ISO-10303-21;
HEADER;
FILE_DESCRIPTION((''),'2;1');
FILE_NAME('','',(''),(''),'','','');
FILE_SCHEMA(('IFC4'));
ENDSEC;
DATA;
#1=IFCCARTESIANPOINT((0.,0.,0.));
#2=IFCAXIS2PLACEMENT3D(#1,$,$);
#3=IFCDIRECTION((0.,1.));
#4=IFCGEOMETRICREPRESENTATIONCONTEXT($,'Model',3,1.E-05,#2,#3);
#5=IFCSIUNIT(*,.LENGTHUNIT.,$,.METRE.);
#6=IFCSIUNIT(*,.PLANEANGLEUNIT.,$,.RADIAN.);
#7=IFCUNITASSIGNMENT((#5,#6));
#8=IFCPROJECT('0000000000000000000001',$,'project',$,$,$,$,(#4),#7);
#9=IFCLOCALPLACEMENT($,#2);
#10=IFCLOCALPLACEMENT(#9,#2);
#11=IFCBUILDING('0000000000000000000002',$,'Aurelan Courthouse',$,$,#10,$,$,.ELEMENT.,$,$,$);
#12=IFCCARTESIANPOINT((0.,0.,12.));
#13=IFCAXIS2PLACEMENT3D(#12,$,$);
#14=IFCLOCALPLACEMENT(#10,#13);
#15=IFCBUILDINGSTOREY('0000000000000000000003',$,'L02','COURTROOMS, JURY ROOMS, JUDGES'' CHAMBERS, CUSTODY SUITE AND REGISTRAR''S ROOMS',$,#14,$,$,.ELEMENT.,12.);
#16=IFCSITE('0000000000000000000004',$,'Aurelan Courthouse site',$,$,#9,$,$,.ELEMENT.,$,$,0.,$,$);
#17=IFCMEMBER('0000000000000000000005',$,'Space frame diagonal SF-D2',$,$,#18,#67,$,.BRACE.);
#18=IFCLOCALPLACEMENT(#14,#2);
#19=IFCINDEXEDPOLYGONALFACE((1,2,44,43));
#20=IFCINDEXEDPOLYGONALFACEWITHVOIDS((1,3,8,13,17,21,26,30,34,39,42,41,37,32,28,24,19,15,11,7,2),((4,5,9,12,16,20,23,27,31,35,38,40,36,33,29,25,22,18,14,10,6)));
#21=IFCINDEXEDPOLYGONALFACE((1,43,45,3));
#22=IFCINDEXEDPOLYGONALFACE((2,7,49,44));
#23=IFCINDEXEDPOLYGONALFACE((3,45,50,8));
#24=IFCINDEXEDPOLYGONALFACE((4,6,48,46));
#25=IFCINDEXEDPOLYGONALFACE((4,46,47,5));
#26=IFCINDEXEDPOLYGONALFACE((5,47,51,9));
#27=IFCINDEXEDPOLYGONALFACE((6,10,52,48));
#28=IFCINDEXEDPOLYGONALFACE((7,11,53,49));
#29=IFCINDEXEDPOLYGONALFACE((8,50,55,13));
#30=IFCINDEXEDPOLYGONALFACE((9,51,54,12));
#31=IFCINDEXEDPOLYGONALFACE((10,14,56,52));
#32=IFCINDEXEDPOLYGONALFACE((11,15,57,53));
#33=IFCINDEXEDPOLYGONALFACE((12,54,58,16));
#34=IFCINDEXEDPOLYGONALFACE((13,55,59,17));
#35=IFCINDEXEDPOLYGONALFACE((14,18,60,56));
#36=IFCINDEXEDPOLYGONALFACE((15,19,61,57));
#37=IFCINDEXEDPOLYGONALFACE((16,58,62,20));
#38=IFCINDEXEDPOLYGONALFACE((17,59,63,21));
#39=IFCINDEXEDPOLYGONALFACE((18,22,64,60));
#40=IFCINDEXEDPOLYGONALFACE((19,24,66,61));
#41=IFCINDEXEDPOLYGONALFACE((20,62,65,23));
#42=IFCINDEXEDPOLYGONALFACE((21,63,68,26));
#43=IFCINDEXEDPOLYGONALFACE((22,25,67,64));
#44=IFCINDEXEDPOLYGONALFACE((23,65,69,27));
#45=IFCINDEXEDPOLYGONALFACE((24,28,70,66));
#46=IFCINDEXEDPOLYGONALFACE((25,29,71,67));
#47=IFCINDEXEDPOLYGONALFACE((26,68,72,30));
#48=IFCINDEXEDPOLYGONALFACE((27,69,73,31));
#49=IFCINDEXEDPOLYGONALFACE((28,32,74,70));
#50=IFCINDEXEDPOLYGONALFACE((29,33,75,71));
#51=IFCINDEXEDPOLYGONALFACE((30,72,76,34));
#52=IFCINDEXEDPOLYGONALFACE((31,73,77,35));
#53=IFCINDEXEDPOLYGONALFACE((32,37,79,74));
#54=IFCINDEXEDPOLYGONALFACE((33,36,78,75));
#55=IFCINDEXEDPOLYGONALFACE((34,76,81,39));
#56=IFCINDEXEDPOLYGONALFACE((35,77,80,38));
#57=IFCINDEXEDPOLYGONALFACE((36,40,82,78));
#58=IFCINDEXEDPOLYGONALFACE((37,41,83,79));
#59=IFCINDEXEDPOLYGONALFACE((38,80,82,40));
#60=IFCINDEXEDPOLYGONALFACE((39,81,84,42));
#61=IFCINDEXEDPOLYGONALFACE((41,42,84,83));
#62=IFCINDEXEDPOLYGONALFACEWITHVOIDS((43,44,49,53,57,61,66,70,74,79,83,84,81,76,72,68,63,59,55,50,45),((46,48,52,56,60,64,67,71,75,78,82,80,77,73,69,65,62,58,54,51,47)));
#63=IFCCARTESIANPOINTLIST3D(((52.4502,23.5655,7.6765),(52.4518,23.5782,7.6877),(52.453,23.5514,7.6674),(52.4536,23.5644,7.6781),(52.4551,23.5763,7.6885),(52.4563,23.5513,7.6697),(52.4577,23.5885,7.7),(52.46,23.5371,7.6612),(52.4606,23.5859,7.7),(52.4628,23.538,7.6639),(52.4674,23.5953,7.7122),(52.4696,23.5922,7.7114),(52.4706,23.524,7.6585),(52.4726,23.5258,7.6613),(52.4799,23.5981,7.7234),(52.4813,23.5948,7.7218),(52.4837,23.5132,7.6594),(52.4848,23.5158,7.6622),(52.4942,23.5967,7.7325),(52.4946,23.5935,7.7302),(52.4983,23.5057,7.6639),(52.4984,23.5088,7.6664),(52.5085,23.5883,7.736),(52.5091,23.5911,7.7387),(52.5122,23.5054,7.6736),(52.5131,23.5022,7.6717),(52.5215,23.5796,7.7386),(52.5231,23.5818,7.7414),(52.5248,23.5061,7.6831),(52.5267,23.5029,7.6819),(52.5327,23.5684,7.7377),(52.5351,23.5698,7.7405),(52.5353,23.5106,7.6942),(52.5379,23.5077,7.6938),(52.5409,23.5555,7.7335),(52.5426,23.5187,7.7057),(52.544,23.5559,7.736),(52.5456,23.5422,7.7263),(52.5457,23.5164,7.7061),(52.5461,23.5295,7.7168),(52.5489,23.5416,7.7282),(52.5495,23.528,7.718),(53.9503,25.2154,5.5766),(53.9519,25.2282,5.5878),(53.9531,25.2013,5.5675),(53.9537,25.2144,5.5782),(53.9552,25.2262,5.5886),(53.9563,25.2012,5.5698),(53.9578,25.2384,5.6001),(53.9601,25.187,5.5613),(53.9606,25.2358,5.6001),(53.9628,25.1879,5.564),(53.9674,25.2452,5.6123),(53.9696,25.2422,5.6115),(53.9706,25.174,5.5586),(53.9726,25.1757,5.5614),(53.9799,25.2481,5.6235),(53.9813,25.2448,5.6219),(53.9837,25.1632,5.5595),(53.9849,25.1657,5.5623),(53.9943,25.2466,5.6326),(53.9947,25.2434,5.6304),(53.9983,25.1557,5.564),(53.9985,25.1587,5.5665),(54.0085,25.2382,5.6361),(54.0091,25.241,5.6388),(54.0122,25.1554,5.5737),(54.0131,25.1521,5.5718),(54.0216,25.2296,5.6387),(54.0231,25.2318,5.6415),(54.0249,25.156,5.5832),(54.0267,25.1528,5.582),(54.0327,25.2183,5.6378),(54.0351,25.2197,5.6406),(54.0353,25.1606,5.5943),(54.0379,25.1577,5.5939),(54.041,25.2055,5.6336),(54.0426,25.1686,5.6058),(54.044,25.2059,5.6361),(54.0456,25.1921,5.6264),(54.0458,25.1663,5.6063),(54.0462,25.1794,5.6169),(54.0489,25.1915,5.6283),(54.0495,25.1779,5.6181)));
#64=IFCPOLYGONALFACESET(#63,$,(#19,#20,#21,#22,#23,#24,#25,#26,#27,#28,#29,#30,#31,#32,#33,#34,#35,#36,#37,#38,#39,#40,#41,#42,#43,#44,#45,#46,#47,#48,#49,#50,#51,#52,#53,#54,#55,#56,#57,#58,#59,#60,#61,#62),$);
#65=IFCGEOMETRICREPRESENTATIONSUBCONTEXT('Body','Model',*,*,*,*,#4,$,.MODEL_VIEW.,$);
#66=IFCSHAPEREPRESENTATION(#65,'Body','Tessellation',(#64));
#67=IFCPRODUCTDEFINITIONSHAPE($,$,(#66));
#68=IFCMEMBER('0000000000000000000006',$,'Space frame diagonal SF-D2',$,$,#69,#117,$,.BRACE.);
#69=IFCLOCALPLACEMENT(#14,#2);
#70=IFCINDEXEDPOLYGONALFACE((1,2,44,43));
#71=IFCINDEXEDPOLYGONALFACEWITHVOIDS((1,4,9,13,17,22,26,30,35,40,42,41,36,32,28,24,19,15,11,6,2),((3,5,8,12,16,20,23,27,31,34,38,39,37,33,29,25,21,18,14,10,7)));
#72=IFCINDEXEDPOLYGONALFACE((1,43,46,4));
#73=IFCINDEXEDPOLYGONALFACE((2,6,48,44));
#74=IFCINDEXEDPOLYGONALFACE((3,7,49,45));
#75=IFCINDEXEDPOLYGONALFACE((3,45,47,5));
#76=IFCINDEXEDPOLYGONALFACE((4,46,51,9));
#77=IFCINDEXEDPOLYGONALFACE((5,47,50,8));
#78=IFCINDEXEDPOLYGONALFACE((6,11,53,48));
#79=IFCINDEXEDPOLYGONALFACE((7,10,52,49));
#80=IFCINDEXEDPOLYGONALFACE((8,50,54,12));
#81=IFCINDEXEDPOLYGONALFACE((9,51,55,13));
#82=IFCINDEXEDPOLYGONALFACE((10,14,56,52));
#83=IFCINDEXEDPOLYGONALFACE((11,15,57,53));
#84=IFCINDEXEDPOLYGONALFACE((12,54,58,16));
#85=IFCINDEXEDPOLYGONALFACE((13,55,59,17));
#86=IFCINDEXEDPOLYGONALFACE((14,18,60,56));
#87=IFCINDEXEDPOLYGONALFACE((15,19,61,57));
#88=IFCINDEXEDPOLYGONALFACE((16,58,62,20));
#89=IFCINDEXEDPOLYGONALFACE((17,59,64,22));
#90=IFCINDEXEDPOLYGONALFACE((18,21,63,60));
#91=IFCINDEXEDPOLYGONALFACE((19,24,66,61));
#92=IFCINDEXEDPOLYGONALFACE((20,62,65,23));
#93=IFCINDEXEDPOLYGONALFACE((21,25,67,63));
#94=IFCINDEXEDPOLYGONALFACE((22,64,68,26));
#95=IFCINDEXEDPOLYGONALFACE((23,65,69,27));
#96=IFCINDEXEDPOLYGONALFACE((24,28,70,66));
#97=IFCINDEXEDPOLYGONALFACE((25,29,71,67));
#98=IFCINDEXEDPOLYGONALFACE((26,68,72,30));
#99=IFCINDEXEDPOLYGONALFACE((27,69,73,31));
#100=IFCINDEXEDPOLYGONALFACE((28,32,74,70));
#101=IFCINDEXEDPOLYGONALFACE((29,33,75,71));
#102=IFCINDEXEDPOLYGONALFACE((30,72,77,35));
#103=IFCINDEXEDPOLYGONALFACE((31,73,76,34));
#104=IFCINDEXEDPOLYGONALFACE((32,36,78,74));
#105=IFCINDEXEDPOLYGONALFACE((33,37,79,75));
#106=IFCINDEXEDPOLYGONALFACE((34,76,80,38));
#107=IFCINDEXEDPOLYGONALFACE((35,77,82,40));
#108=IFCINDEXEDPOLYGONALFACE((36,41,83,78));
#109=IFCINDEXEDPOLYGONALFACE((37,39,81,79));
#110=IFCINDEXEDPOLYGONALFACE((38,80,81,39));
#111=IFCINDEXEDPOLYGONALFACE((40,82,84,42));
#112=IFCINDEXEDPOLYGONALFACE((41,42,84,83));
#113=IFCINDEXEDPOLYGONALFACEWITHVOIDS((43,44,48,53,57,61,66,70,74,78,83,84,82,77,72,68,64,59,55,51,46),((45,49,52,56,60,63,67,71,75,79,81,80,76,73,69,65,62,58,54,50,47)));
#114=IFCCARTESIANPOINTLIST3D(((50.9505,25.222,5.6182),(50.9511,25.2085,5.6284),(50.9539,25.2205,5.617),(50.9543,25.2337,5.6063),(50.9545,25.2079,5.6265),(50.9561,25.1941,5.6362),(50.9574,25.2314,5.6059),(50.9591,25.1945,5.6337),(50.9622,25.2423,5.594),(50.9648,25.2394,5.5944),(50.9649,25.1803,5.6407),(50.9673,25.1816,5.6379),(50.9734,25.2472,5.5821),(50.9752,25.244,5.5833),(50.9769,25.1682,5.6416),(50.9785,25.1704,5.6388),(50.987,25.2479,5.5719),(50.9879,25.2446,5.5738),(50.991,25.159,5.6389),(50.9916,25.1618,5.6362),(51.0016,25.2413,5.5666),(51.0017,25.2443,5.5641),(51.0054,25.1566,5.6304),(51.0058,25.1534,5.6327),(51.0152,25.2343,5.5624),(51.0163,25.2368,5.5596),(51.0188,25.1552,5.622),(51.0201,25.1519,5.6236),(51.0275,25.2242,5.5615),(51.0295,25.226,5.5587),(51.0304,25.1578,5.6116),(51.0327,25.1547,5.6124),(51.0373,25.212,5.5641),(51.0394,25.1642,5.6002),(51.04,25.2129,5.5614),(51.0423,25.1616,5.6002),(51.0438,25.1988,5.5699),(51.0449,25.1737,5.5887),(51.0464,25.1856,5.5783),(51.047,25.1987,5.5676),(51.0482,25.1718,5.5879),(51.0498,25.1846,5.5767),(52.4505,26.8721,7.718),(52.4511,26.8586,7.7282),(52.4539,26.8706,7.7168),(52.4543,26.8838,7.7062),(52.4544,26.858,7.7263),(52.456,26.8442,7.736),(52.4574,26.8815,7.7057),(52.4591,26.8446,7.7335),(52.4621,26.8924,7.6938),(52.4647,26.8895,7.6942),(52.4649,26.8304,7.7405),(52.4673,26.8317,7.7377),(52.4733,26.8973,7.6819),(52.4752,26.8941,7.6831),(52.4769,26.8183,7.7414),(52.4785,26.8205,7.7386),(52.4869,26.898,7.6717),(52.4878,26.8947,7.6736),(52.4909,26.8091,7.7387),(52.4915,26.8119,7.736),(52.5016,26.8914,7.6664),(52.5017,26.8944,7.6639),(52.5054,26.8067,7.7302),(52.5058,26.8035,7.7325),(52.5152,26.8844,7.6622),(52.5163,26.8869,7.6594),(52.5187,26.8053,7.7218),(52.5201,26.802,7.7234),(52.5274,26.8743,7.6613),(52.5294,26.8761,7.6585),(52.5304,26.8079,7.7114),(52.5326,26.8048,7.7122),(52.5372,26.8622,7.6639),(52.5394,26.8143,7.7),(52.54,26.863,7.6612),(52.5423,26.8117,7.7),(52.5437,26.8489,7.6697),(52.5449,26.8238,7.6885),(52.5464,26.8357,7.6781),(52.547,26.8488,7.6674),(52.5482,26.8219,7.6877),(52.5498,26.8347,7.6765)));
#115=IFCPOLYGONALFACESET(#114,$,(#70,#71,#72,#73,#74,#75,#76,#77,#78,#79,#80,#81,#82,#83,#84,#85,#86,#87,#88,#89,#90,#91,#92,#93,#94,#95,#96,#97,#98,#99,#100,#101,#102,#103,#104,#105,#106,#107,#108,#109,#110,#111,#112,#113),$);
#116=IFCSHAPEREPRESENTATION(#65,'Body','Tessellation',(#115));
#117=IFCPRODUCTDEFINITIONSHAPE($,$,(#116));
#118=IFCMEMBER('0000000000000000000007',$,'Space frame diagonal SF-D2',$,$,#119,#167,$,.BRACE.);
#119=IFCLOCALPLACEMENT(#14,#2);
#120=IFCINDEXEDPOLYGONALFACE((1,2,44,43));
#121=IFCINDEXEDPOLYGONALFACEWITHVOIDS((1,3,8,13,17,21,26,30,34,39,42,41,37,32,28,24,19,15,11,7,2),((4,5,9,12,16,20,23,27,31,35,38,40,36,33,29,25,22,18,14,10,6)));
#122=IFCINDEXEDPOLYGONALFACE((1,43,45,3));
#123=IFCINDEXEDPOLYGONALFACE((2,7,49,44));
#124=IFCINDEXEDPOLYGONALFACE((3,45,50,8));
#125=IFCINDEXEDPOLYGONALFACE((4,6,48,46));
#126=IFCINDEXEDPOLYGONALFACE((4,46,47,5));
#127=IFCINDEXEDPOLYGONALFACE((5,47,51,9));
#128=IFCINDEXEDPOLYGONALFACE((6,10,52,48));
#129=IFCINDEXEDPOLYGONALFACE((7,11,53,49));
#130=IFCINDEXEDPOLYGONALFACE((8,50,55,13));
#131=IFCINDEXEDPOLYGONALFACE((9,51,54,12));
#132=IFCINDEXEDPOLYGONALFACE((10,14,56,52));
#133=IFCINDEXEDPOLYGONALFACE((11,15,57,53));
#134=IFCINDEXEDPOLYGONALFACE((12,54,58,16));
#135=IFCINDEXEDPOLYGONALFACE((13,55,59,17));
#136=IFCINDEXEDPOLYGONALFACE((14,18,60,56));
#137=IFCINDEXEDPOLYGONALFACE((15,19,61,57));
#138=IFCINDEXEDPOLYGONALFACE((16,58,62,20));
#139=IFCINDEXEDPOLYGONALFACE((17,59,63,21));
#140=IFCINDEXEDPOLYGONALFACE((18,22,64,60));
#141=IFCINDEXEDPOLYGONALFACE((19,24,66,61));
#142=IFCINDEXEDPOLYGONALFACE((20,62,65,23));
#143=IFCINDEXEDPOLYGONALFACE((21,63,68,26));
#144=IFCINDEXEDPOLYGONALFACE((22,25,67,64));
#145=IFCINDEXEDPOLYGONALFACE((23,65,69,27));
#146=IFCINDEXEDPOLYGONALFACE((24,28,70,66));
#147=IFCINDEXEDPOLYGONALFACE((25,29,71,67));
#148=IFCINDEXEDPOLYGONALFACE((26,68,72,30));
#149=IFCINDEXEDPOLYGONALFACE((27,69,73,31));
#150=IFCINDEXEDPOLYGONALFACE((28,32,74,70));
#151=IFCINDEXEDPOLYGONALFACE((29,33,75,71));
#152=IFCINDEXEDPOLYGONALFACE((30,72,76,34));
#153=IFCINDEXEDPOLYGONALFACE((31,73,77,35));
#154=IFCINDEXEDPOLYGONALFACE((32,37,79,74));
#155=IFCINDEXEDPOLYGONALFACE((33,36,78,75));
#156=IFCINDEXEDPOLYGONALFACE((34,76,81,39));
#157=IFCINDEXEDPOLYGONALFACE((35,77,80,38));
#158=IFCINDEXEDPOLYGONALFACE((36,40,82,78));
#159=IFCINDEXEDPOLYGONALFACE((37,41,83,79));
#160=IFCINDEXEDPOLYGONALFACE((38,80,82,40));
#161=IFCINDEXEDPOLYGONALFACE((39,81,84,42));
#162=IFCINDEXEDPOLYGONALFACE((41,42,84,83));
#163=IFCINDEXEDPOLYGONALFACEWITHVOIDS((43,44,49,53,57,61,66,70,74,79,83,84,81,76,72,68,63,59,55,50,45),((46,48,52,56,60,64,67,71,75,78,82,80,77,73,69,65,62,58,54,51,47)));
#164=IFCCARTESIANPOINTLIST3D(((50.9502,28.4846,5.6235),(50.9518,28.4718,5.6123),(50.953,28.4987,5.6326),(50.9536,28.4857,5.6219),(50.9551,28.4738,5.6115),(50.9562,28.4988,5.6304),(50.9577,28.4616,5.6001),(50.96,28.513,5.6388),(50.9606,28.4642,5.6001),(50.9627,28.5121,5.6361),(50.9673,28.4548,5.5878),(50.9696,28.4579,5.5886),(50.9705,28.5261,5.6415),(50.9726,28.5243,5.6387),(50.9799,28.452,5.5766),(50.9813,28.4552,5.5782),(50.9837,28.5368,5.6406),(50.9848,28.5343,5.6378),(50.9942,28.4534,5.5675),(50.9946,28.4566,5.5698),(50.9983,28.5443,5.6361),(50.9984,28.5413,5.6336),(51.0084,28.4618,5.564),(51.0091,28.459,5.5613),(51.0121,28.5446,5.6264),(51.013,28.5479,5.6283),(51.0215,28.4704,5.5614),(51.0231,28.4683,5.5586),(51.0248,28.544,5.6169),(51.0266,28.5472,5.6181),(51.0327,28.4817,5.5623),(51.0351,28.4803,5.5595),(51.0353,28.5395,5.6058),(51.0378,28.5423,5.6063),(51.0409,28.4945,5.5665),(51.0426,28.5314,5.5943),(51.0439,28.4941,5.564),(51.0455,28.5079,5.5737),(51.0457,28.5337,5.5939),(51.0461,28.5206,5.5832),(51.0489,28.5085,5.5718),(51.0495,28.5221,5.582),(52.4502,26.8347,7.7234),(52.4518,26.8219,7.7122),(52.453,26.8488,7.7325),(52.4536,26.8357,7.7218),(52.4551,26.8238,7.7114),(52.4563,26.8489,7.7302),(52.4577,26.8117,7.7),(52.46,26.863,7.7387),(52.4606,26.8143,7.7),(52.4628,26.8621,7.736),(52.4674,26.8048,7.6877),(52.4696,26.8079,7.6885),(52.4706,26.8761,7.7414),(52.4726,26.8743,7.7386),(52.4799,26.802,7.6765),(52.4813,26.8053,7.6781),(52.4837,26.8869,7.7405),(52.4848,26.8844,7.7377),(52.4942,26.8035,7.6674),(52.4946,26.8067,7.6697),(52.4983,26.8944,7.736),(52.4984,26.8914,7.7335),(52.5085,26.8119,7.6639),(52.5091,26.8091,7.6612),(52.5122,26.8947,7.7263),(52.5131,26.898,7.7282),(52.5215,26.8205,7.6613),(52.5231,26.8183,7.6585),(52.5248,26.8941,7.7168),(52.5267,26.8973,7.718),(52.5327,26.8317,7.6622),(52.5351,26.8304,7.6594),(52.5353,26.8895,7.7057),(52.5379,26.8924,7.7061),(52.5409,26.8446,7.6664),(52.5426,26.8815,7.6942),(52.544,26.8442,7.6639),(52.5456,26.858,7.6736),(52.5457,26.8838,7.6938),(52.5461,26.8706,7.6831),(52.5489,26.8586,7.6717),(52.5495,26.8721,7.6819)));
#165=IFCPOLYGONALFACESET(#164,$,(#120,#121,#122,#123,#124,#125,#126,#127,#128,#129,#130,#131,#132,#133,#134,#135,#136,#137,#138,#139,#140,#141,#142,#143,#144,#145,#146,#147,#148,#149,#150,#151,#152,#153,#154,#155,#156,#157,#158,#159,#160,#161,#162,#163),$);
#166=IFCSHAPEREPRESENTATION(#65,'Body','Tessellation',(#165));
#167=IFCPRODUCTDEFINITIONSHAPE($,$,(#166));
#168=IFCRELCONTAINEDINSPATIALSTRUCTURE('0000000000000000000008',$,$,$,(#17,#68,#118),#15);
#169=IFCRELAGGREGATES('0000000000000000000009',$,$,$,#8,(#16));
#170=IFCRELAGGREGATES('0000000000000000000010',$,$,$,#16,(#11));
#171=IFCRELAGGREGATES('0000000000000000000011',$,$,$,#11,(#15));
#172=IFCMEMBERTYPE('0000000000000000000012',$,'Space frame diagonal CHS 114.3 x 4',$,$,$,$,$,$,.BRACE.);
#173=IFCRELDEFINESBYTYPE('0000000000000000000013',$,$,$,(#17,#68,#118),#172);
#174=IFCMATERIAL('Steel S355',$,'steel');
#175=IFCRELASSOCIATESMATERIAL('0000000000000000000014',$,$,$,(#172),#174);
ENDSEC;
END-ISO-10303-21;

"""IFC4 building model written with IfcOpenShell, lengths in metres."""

from ifc_helpers import new_model, si_unit, direction, frame, origin, origin_2d, place, context, subcontext, project, spatial, hollow_circle, extrude, material, material_profile, profile_set, type_object, element, save


model = new_model("IFC4")

# Units and contexts
model_context = context("Model", 3, precision=1e-05, world=origin(), true_north=direction((0.0, 1.0)))
body_context = subcontext(model_context, "Body", "Model", "MODEL_VIEW")
ifc_project = project(units=[si_unit("LENGTHUNIT", "METRE"), si_unit("PLANEANGLEUNIT", "RADIAN")], contexts=[model_context])

# Site, building, storey
site_placement = place(None, origin())
site = spatial("IfcSite", under=ifc_project, at=site_placement, Name="Aurelan Courthouse site", CompositionType="ELEMENT", RefElevation=0.0)
building_placement = place(site_placement, origin())
building = spatial("IfcBuilding", under=site, at=building_placement, Name="Aurelan Courthouse", CompositionType="ELEMENT")
storey_placement = place(building_placement, frame((0.0, 0.0, 12.0)))
storey = spatial("IfcBuildingStorey", under=building, at=storey_placement, Name="L02", Description="COURTROOMS, JURY ROOMS, JUDGES' CHAMBERS, CUSTODY SUITE AND REGISTRAR'S ROOMS", CompositionType="ELEMENT", Elevation=12.0)

# Members
ifc_material_1 = material(Name="Steel S355", Category="steel")
ifc_material_profile_1 = material_profile(ifc_material_1, hollow_circle(Radius=0.0571, WallThickness=0.0039, at=origin_2d()), Name="CHS 114.3 x 4")
ifc_profile_set_1 = profile_set([ifc_material_profile_1], Name="Steel S355")
member_type_1 = type_object("IfcMemberType", Name="Space frame diagonal CHS 114.3 x 4", PredefinedType="BRACE", material=ifc_profile_set_1)
for number, where, z_axis, x_axis, name in (
    (1, (52.5, 23.55, 7.7), (0.489727, 0.538667, -0.685569), (-0.73992, 0.672695, 0.0), "Space frame diagonal SF-D2"),
    (2, (52.5, 26.8501, 7.7), (-0.489706, -0.538724, -0.68554), (0.73997, -0.67264, 0.0), "Space frame diagonal SF-D2"),
    (3, (52.5, 26.8501, 7.7), (-0.489727, 0.538667, -0.685569), (-0.73992, -0.672695, 0.0), "Space frame diagonal SF-D2"),
):
    element("IfcMember", number, at=place(storey_placement, frame(where, z_axis=z_axis, x_axis=x_axis)), inside=storey, type_object=member_type_1, Name=name, PredefinedType="BRACE", context=body_context, shape_type="SweptSolid", body=[
        extrude(hollow_circle(Radius=0.0571, WallThickness=0.0039, at=origin_2d()), origin(), (0.0, 0.0, 1.0), 3.063),
    ])

save(model, "model.ifc")
